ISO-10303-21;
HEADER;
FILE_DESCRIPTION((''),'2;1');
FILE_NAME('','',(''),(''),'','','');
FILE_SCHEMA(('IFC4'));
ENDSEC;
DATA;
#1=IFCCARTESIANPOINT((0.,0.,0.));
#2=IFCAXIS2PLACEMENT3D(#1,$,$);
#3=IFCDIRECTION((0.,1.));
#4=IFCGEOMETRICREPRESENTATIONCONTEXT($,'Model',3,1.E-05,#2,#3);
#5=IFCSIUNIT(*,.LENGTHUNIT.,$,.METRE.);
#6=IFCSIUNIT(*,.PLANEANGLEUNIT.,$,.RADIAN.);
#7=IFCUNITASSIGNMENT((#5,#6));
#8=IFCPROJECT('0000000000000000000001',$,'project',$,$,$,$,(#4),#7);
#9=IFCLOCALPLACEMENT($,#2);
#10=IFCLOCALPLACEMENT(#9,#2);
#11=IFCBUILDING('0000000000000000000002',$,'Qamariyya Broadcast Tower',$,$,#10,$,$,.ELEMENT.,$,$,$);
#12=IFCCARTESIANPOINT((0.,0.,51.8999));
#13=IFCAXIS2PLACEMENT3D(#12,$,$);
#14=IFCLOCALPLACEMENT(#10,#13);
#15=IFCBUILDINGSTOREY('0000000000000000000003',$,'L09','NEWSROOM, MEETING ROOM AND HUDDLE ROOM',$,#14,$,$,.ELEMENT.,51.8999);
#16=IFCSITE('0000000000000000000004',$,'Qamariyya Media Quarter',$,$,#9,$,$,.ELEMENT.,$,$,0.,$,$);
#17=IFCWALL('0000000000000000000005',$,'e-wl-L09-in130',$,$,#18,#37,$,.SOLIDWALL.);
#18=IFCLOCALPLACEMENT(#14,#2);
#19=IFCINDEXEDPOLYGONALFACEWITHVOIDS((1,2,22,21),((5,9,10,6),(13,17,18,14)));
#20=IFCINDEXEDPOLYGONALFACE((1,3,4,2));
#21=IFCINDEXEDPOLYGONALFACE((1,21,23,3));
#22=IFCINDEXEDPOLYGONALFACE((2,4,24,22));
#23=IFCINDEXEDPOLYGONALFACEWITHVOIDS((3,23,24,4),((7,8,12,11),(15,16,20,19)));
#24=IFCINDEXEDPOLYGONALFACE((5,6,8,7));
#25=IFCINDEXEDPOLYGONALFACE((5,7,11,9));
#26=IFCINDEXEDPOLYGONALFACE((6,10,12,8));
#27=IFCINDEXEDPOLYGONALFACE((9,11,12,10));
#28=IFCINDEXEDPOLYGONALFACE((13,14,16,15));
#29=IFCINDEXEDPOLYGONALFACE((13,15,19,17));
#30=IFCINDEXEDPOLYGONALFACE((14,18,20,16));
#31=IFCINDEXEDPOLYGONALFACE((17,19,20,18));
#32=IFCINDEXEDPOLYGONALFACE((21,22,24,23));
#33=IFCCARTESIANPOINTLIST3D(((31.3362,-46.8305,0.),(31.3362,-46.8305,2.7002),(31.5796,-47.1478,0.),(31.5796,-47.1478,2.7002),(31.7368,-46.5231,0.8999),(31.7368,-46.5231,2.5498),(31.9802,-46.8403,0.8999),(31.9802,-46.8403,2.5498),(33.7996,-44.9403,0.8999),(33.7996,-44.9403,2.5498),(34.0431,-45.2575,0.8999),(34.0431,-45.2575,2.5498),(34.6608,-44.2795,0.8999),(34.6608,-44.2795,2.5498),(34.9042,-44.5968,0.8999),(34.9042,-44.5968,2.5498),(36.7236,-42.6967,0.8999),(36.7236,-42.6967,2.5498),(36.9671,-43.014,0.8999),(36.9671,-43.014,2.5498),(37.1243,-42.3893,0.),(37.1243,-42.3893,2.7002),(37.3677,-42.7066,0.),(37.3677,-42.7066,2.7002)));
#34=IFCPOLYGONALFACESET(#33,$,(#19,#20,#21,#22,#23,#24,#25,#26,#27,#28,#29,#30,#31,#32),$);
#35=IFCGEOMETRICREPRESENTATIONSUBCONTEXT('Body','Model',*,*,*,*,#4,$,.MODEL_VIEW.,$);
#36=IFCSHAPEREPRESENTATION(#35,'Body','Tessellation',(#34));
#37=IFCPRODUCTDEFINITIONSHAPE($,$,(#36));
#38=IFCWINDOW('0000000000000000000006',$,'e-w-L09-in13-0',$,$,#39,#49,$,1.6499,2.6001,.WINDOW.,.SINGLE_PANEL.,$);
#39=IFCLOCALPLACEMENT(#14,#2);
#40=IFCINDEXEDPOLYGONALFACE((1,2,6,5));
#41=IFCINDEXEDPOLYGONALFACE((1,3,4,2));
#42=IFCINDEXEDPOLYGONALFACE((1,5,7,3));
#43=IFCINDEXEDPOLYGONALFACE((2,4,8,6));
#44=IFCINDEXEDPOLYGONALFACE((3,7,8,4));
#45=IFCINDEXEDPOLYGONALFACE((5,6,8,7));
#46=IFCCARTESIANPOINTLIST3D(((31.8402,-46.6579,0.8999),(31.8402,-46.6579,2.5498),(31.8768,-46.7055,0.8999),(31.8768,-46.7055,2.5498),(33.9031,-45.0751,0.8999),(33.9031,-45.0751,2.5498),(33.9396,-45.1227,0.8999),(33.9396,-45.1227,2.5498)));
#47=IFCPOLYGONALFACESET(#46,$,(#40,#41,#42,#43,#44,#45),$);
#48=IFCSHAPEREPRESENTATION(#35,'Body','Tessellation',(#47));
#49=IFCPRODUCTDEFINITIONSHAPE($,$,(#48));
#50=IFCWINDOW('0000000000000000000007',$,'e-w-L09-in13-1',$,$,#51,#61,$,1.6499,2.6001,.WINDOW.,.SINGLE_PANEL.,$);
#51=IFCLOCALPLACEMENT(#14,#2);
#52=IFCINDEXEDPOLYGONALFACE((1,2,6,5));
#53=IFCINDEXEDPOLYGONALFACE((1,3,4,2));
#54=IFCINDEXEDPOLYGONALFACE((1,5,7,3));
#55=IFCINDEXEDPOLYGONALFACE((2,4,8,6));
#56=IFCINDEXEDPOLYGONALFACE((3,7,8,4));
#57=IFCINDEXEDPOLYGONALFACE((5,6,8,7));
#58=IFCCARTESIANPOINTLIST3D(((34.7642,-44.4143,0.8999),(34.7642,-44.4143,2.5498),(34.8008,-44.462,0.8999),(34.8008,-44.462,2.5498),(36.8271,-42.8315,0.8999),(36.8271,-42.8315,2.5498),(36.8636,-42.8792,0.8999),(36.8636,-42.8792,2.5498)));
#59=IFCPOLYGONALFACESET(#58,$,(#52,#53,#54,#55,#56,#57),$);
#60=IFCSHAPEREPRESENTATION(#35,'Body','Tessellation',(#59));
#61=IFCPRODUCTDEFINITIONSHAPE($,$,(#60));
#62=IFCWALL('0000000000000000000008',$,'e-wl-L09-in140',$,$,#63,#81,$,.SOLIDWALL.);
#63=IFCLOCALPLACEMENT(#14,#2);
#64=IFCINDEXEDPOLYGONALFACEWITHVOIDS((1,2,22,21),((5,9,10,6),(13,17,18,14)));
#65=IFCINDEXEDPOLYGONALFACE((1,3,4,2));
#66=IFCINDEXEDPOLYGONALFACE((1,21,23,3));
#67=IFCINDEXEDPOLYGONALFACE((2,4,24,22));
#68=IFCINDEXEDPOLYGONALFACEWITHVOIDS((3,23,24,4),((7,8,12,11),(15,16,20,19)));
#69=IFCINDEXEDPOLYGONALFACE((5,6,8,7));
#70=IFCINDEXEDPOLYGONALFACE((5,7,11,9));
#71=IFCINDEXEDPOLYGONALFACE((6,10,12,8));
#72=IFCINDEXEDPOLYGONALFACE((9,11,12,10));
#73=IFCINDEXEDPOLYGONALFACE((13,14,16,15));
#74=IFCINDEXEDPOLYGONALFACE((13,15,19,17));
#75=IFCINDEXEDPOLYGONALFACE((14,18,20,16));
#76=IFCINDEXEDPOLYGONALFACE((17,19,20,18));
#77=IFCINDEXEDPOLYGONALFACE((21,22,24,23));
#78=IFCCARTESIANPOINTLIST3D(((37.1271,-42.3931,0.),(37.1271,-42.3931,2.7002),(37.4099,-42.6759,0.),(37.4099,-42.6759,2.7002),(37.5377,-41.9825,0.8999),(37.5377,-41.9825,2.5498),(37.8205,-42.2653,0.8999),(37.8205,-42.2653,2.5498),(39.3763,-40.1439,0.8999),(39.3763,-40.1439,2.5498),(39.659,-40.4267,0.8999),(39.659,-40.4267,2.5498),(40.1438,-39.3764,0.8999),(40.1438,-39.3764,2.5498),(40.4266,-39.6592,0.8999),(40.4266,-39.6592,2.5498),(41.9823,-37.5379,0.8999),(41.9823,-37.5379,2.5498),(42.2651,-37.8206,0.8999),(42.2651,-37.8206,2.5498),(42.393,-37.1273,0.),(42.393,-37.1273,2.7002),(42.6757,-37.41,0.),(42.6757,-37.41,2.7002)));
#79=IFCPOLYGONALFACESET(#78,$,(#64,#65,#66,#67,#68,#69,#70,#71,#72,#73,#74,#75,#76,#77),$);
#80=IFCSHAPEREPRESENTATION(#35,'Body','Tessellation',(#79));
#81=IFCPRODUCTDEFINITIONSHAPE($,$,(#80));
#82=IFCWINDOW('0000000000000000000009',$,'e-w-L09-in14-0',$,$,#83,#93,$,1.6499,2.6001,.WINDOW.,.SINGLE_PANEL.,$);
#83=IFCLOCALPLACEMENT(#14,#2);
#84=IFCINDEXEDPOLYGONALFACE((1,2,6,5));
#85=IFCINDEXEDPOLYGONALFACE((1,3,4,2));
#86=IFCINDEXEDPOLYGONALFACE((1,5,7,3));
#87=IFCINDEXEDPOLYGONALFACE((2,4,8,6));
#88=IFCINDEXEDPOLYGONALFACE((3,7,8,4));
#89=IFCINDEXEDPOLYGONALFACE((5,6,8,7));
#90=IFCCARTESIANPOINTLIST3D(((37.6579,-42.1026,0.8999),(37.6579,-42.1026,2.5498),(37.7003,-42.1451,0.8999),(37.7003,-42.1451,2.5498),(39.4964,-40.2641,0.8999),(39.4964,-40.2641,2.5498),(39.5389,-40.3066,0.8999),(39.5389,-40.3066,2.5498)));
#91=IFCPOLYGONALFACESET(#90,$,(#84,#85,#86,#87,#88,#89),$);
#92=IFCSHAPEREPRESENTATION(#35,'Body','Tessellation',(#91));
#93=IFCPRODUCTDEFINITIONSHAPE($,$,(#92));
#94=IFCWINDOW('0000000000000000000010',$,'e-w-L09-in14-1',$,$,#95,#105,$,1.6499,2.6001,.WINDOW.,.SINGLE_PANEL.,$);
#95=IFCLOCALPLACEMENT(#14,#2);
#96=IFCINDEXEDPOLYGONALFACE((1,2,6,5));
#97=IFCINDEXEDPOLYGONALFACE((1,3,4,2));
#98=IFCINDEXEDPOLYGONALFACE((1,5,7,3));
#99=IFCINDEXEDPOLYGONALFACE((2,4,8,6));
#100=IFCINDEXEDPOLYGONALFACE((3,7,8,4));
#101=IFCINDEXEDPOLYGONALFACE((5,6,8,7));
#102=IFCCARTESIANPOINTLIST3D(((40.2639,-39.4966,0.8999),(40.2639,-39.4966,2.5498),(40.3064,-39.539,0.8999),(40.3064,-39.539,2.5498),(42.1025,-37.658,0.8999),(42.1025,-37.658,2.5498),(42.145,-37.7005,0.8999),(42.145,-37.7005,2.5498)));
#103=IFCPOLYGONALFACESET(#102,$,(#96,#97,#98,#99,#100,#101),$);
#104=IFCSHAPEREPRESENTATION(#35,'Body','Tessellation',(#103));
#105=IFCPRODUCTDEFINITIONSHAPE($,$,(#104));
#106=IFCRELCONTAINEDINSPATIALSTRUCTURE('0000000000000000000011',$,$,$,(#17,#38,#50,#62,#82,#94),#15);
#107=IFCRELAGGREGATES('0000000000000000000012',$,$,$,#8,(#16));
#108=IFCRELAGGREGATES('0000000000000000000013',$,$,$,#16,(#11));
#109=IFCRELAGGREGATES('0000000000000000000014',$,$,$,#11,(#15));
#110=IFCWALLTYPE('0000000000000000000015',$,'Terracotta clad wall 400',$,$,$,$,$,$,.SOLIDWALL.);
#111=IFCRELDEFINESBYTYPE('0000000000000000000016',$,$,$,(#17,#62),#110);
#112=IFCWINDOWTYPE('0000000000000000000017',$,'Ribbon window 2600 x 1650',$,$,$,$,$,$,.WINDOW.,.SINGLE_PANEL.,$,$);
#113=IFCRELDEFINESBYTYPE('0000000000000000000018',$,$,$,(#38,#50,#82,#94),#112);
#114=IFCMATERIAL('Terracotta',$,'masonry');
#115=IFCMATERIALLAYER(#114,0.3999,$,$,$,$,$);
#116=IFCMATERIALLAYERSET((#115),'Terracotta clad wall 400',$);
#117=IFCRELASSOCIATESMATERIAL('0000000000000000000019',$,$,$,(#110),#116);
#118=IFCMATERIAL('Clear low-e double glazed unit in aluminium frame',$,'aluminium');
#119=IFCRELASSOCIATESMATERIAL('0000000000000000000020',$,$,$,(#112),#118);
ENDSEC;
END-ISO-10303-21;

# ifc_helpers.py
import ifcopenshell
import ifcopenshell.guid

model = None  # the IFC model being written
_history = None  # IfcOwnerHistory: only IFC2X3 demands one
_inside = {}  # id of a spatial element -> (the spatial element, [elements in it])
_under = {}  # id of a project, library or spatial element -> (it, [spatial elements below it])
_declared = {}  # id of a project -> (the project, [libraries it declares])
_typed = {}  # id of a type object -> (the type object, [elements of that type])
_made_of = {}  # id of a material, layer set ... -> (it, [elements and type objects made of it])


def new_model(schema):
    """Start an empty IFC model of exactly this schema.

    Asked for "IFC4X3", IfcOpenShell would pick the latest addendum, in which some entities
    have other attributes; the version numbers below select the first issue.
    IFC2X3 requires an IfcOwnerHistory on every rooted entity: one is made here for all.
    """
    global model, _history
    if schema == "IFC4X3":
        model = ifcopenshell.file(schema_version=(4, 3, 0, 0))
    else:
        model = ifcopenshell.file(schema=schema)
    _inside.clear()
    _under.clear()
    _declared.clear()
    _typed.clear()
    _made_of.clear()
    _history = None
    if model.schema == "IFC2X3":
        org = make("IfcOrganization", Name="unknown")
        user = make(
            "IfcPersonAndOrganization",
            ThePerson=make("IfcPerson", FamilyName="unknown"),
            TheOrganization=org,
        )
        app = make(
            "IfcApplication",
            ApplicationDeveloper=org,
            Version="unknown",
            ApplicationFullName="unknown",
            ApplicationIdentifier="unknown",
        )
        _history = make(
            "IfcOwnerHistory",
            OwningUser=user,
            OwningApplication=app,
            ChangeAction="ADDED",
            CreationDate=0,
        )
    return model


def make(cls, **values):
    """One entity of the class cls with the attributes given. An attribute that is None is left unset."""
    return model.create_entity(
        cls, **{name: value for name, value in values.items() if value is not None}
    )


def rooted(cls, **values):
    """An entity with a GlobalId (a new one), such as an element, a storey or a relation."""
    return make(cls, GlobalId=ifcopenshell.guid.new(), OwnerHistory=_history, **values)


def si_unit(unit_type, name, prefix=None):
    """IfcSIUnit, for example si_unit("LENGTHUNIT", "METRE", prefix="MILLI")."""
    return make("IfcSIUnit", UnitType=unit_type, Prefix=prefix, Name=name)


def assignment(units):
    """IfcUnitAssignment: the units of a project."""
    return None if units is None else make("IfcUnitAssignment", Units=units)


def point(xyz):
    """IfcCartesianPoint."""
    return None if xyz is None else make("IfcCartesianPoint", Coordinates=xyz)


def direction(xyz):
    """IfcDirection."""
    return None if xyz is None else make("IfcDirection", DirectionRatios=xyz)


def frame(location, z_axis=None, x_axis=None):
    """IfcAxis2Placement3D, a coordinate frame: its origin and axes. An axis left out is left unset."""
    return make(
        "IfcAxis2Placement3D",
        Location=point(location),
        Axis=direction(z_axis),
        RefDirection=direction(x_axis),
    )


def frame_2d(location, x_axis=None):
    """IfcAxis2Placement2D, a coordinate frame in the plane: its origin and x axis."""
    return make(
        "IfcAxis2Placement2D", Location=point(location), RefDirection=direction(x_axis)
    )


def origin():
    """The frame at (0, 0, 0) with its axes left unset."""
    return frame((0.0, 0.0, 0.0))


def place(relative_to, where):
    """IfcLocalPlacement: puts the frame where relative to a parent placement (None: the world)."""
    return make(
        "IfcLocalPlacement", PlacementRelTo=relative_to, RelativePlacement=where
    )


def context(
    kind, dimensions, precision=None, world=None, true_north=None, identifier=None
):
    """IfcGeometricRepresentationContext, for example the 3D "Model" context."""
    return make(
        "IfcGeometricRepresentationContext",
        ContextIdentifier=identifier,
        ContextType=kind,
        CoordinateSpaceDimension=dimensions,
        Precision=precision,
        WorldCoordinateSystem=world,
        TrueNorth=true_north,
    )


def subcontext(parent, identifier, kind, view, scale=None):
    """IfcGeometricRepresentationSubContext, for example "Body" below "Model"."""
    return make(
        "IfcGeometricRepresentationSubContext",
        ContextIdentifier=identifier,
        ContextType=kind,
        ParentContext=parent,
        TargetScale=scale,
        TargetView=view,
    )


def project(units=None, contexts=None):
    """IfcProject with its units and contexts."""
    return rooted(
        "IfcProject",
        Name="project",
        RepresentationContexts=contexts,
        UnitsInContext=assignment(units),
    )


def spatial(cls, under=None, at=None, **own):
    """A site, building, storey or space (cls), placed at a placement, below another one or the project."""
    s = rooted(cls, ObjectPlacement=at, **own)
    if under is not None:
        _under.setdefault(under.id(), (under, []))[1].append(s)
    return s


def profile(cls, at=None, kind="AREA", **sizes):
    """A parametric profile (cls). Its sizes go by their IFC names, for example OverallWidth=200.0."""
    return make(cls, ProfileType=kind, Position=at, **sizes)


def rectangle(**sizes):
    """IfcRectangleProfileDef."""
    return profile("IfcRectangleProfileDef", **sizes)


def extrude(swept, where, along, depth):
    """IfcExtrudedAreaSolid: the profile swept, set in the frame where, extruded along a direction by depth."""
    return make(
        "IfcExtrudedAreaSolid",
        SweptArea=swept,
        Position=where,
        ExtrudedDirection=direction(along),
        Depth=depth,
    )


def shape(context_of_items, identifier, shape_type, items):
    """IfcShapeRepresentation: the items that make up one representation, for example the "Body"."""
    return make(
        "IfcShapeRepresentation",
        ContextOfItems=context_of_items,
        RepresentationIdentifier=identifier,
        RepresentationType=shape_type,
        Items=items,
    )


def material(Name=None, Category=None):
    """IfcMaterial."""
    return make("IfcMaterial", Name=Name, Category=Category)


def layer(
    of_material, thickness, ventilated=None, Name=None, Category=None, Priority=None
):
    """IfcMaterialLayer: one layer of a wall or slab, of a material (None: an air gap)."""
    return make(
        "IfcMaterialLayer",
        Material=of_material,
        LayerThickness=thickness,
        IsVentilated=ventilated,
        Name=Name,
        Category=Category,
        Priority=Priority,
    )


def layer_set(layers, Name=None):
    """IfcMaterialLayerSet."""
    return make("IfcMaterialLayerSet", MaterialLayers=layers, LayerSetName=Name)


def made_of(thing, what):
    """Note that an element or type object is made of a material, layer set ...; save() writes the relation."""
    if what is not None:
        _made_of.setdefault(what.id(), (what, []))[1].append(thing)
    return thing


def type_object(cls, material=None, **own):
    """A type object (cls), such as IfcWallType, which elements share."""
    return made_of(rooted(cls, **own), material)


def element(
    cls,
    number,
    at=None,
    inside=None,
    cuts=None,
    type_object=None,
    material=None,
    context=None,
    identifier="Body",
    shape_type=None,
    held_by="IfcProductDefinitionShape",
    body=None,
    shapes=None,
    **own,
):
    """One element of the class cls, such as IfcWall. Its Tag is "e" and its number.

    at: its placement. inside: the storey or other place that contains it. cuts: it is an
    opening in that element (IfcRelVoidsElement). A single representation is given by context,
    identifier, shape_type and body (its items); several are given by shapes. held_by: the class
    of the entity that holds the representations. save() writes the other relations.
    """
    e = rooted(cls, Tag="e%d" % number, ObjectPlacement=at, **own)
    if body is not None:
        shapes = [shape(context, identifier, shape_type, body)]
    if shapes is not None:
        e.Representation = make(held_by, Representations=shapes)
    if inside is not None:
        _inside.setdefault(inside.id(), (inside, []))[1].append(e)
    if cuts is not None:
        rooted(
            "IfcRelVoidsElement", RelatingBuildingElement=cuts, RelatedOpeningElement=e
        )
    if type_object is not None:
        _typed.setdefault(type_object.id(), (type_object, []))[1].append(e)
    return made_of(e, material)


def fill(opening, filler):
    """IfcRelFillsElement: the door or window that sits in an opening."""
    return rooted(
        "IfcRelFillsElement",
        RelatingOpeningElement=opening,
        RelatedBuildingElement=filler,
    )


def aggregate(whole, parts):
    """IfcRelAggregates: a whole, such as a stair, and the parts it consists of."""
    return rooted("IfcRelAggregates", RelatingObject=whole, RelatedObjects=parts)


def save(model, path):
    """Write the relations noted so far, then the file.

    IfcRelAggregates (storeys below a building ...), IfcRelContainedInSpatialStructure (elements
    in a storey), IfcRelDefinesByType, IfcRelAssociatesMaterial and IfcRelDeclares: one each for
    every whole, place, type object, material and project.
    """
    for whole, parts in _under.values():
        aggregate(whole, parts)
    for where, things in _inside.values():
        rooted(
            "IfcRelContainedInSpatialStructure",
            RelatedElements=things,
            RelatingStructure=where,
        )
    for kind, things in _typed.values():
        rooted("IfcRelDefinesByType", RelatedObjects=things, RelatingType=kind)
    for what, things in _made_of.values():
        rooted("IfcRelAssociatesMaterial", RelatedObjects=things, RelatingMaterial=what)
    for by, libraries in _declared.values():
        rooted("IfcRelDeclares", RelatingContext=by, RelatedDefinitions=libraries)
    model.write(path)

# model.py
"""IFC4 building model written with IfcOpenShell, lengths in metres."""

from ifc_helpers import new_model, si_unit, direction, frame, frame_2d, origin, place, context, subcontext, project, spatial, rectangle, extrude, material, layer, layer_set, type_object, element, fill, save


model = new_model("IFC4")

# Units and contexts
model_context = context("Model", 3, precision=1e-05, world=origin(), true_north=direction((0.0, 1.0)))
body_context = subcontext(model_context, "Body", "Model", "MODEL_VIEW")
ifc_project = project(units=[si_unit("LENGTHUNIT", "METRE"), si_unit("PLANEANGLEUNIT", "RADIAN")], contexts=[model_context])

# Site, building, storey
site_placement = place(None, origin())
site = spatial("IfcSite", under=ifc_project, at=site_placement, Name="Qamariyya Media Quarter", CompositionType="ELEMENT", RefElevation=0.0)
building_placement = place(site_placement, origin())
building = spatial("IfcBuilding", under=site, at=building_placement, Name="Qamariyya Broadcast Tower", CompositionType="ELEMENT")
storey_placement = place(building_placement, frame((0.0, 0.0, 51.8999)))
storey = spatial("IfcBuildingStorey", under=building, at=storey_placement, Name="L09", Description="NEWSROOM, MEETING ROOM AND HUDDLE ROOM", CompositionType="ELEMENT", Elevation=51.8999)

# Walls, openings, windows
ifc_material_1 = material(Name="Terracotta", Category="masonry")
ifc_layer_1 = layer(ifc_material_1, 0.3999)
ifc_layer_set_1 = layer_set([ifc_layer_1], Name="Terracotta clad wall 400")
wall_type_1 = type_object("IfcWallType", Name="Terracotta clad wall 400", PredefinedType="SOLIDWALL", material=ifc_layer_set_1)
wall_1_placement = place(storey_placement, frame((37.2461, -42.5479, 0.0), z_axis=(0.0, 0.0, 1.0), x_axis=(-0.793366, -0.608745, 0.0)))
wall_1 = element("IfcWall", 1, at=wall_1_placement, inside=storey, type_object=wall_type_1, Name="e-wl-L09-in130", PredefinedType="SOLIDWALL", context=body_context, shape_type="SweptSolid", body=[
    extrude(rectangle(XDim=7.2957, YDim=0.3999, at=frame_2d((3.6479, 0.0))), origin(), (0.0, 0.0, 1.0), 2.7002),
])
opening_1_placement = place(wall_1_placement, frame((4.1907, 0.0, 0.8999)))
opening_1 = element("IfcOpeningElement", 2, at=opening_1_placement, cuts=wall_1, PredefinedType="OPENING", context=body_context, shape_type="SweptSolid", body=[
    extrude(rectangle(XDim=2.6001, YDim=1.6499, at=frame_2d((1.3, 0.825))), frame((0.0, 0.21, 0.0), z_axis=(0.0, -1.0, 0.0), x_axis=(1.0, 0.0, 0.0)), (0.0, 0.0, 1.0), 0.4199),
])
opening_2_placement = place(wall_1_placement, frame((0.5051, 0.0, 0.8999)))
opening_2 = element("IfcOpeningElement", 3, at=opening_2_placement, cuts=wall_1, PredefinedType="OPENING", context=body_context, shape_type="SweptSolid", body=[
    extrude(rectangle(XDim=2.6001, YDim=1.6499, at=frame_2d((1.3, 0.825))), frame((0.0, 0.21, 0.0), z_axis=(0.0, -1.0, 0.0), x_axis=(1.0, 0.0, 0.0)), (0.0, 0.0, 1.0), 0.4199),
])
ifc_material_2 = material(Name="Clear low-e double glazed unit in aluminium frame", Category="aluminium")
window_type = type_object("IfcWindowType", Name="Ribbon window 2600 x 1650", PartitioningType="SINGLE_PANEL", PredefinedType="WINDOW", material=ifc_material_2)
window_1_placement = place(opening_1_placement, origin())
window_1 = element("IfcWindow", 4, at=window_1_placement, inside=storey, type_object=window_type, Name="e-w-L09-in13-0", OverallHeight=1.6499, OverallWidth=2.6001, PartitioningType="SINGLE_PANEL", PredefinedType="WINDOW", context=body_context, shape_type="SweptSolid", body=[
    extrude(rectangle(XDim=2.6001, YDim=1.6499, at=frame_2d((1.3, 0.825))), frame((0.0, 0.03, 0.0), z_axis=(0.0, -1.0, 0.0), x_axis=(1.0, 0.0, 0.0)), (0.0, 0.0, 1.0), 0.0601),
])
fill(opening_1, window_1)
window_2_placement = place(opening_2_placement, origin())
window_2 = element("IfcWindow", 5, at=window_2_placement, inside=storey, type_object=window_type, Name="e-w-L09-in13-1", OverallHeight=1.6499, OverallWidth=2.6001, PartitioningType="SINGLE_PANEL", PredefinedType="WINDOW", context=body_context, shape_type="SweptSolid", body=[
    extrude(rectangle(XDim=2.6001, YDim=1.6499, at=frame_2d((1.3, 0.825))), frame((0.0, 0.03, 0.0), z_axis=(0.0, -1.0, 0.0), x_axis=(1.0, 0.0, 0.0)), (0.0, 0.0, 1.0), 0.0601),
])
fill(opening_2, window_2)
wall_2_placement = place(storey_placement, frame((42.5344, -37.2686, 0.0), z_axis=(0.0, 0.0, 1.0), x_axis=(-0.707107, -0.707107, 0.0)))
wall_2 = element("IfcWall", 6, at=wall_2_placement, inside=storey, type_object=wall_type_1, Name="e-wl-L09-in140", PredefinedType="SOLIDWALL", context=body_context, shape_type="SweptSolid", body=[
    extrude(rectangle(XDim=7.447, YDim=0.3999, at=frame_2d((3.7236, 0.0))), origin(), (0.0, 0.0, 1.0), 2.7002),
])
opening_3_placement = place(wall_2_placement, frame((4.2664, 0.0, 0.8999)))
opening_3 = element("IfcOpeningElement", 7, at=opening_3_placement, cuts=wall_2, PredefinedType="OPENING", context=body_context, shape_type="SweptSolid", body=[
    extrude(rectangle(XDim=2.6001, YDim=1.6499, at=frame_2d((1.3, 0.825))), frame((0.0, 0.21, 0.0), z_axis=(0.0, -1.0, 0.0), x_axis=(1.0, 0.0, 0.0)), (0.0, 0.0, 1.0), 0.4199),
])
opening_4_placement = place(wall_2_placement, frame((0.5808, 0.0, 0.8999)))
opening_4 = element("IfcOpeningElement", 8, at=opening_4_placement, cuts=wall_2, PredefinedType="OPENING", context=body_context, shape_type="SweptSolid", body=[
    extrude(rectangle(XDim=2.6001, YDim=1.6499, at=frame_2d((1.3, 0.825))), frame((0.0, 0.21, 0.0), z_axis=(0.0, -1.0, 0.0), x_axis=(1.0, 0.0, 0.0)), (0.0, 0.0, 1.0), 0.4199),
])
window_3_placement = place(opening_3_placement, origin())
window_3 = element("IfcWindow", 9, at=window_3_placement, inside=storey, type_object=window_type, Name="e-w-L09-in14-0", OverallHeight=1.6499, OverallWidth=2.6001, PartitioningType="SINGLE_PANEL", PredefinedType="WINDOW", context=body_context, shape_type="SweptSolid", body=[
    extrude(rectangle(XDim=2.6001, YDim=1.6499, at=frame_2d((1.3, 0.825))), frame((0.0, 0.03, 0.0), z_axis=(0.0, -1.0, 0.0), x_axis=(1.0, 0.0, 0.0)), (0.0, 0.0, 1.0), 0.0601),
])
fill(opening_3, window_3)
window_4_placement = place(opening_4_placement, origin())
window_4 = element("IfcWindow", 10, at=window_4_placement, inside=storey, type_object=window_type, Name="e-w-L09-in14-1", OverallHeight=1.6499, OverallWidth=2.6001, PartitioningType="SINGLE_PANEL", PredefinedType="WINDOW", context=body_context, shape_type="SweptSolid", body=[
    extrude(rectangle(XDim=2.6001, YDim=1.6499, at=frame_2d((1.3, 0.825))), frame((0.0, 0.03, 0.0), z_axis=(0.0, -1.0, 0.0), x_axis=(1.0, 0.0, 0.0)), (0.0, 0.0, 1.0), 0.0601),
])
fill(opening_4, window_4)

save(model, "model.ifc")
